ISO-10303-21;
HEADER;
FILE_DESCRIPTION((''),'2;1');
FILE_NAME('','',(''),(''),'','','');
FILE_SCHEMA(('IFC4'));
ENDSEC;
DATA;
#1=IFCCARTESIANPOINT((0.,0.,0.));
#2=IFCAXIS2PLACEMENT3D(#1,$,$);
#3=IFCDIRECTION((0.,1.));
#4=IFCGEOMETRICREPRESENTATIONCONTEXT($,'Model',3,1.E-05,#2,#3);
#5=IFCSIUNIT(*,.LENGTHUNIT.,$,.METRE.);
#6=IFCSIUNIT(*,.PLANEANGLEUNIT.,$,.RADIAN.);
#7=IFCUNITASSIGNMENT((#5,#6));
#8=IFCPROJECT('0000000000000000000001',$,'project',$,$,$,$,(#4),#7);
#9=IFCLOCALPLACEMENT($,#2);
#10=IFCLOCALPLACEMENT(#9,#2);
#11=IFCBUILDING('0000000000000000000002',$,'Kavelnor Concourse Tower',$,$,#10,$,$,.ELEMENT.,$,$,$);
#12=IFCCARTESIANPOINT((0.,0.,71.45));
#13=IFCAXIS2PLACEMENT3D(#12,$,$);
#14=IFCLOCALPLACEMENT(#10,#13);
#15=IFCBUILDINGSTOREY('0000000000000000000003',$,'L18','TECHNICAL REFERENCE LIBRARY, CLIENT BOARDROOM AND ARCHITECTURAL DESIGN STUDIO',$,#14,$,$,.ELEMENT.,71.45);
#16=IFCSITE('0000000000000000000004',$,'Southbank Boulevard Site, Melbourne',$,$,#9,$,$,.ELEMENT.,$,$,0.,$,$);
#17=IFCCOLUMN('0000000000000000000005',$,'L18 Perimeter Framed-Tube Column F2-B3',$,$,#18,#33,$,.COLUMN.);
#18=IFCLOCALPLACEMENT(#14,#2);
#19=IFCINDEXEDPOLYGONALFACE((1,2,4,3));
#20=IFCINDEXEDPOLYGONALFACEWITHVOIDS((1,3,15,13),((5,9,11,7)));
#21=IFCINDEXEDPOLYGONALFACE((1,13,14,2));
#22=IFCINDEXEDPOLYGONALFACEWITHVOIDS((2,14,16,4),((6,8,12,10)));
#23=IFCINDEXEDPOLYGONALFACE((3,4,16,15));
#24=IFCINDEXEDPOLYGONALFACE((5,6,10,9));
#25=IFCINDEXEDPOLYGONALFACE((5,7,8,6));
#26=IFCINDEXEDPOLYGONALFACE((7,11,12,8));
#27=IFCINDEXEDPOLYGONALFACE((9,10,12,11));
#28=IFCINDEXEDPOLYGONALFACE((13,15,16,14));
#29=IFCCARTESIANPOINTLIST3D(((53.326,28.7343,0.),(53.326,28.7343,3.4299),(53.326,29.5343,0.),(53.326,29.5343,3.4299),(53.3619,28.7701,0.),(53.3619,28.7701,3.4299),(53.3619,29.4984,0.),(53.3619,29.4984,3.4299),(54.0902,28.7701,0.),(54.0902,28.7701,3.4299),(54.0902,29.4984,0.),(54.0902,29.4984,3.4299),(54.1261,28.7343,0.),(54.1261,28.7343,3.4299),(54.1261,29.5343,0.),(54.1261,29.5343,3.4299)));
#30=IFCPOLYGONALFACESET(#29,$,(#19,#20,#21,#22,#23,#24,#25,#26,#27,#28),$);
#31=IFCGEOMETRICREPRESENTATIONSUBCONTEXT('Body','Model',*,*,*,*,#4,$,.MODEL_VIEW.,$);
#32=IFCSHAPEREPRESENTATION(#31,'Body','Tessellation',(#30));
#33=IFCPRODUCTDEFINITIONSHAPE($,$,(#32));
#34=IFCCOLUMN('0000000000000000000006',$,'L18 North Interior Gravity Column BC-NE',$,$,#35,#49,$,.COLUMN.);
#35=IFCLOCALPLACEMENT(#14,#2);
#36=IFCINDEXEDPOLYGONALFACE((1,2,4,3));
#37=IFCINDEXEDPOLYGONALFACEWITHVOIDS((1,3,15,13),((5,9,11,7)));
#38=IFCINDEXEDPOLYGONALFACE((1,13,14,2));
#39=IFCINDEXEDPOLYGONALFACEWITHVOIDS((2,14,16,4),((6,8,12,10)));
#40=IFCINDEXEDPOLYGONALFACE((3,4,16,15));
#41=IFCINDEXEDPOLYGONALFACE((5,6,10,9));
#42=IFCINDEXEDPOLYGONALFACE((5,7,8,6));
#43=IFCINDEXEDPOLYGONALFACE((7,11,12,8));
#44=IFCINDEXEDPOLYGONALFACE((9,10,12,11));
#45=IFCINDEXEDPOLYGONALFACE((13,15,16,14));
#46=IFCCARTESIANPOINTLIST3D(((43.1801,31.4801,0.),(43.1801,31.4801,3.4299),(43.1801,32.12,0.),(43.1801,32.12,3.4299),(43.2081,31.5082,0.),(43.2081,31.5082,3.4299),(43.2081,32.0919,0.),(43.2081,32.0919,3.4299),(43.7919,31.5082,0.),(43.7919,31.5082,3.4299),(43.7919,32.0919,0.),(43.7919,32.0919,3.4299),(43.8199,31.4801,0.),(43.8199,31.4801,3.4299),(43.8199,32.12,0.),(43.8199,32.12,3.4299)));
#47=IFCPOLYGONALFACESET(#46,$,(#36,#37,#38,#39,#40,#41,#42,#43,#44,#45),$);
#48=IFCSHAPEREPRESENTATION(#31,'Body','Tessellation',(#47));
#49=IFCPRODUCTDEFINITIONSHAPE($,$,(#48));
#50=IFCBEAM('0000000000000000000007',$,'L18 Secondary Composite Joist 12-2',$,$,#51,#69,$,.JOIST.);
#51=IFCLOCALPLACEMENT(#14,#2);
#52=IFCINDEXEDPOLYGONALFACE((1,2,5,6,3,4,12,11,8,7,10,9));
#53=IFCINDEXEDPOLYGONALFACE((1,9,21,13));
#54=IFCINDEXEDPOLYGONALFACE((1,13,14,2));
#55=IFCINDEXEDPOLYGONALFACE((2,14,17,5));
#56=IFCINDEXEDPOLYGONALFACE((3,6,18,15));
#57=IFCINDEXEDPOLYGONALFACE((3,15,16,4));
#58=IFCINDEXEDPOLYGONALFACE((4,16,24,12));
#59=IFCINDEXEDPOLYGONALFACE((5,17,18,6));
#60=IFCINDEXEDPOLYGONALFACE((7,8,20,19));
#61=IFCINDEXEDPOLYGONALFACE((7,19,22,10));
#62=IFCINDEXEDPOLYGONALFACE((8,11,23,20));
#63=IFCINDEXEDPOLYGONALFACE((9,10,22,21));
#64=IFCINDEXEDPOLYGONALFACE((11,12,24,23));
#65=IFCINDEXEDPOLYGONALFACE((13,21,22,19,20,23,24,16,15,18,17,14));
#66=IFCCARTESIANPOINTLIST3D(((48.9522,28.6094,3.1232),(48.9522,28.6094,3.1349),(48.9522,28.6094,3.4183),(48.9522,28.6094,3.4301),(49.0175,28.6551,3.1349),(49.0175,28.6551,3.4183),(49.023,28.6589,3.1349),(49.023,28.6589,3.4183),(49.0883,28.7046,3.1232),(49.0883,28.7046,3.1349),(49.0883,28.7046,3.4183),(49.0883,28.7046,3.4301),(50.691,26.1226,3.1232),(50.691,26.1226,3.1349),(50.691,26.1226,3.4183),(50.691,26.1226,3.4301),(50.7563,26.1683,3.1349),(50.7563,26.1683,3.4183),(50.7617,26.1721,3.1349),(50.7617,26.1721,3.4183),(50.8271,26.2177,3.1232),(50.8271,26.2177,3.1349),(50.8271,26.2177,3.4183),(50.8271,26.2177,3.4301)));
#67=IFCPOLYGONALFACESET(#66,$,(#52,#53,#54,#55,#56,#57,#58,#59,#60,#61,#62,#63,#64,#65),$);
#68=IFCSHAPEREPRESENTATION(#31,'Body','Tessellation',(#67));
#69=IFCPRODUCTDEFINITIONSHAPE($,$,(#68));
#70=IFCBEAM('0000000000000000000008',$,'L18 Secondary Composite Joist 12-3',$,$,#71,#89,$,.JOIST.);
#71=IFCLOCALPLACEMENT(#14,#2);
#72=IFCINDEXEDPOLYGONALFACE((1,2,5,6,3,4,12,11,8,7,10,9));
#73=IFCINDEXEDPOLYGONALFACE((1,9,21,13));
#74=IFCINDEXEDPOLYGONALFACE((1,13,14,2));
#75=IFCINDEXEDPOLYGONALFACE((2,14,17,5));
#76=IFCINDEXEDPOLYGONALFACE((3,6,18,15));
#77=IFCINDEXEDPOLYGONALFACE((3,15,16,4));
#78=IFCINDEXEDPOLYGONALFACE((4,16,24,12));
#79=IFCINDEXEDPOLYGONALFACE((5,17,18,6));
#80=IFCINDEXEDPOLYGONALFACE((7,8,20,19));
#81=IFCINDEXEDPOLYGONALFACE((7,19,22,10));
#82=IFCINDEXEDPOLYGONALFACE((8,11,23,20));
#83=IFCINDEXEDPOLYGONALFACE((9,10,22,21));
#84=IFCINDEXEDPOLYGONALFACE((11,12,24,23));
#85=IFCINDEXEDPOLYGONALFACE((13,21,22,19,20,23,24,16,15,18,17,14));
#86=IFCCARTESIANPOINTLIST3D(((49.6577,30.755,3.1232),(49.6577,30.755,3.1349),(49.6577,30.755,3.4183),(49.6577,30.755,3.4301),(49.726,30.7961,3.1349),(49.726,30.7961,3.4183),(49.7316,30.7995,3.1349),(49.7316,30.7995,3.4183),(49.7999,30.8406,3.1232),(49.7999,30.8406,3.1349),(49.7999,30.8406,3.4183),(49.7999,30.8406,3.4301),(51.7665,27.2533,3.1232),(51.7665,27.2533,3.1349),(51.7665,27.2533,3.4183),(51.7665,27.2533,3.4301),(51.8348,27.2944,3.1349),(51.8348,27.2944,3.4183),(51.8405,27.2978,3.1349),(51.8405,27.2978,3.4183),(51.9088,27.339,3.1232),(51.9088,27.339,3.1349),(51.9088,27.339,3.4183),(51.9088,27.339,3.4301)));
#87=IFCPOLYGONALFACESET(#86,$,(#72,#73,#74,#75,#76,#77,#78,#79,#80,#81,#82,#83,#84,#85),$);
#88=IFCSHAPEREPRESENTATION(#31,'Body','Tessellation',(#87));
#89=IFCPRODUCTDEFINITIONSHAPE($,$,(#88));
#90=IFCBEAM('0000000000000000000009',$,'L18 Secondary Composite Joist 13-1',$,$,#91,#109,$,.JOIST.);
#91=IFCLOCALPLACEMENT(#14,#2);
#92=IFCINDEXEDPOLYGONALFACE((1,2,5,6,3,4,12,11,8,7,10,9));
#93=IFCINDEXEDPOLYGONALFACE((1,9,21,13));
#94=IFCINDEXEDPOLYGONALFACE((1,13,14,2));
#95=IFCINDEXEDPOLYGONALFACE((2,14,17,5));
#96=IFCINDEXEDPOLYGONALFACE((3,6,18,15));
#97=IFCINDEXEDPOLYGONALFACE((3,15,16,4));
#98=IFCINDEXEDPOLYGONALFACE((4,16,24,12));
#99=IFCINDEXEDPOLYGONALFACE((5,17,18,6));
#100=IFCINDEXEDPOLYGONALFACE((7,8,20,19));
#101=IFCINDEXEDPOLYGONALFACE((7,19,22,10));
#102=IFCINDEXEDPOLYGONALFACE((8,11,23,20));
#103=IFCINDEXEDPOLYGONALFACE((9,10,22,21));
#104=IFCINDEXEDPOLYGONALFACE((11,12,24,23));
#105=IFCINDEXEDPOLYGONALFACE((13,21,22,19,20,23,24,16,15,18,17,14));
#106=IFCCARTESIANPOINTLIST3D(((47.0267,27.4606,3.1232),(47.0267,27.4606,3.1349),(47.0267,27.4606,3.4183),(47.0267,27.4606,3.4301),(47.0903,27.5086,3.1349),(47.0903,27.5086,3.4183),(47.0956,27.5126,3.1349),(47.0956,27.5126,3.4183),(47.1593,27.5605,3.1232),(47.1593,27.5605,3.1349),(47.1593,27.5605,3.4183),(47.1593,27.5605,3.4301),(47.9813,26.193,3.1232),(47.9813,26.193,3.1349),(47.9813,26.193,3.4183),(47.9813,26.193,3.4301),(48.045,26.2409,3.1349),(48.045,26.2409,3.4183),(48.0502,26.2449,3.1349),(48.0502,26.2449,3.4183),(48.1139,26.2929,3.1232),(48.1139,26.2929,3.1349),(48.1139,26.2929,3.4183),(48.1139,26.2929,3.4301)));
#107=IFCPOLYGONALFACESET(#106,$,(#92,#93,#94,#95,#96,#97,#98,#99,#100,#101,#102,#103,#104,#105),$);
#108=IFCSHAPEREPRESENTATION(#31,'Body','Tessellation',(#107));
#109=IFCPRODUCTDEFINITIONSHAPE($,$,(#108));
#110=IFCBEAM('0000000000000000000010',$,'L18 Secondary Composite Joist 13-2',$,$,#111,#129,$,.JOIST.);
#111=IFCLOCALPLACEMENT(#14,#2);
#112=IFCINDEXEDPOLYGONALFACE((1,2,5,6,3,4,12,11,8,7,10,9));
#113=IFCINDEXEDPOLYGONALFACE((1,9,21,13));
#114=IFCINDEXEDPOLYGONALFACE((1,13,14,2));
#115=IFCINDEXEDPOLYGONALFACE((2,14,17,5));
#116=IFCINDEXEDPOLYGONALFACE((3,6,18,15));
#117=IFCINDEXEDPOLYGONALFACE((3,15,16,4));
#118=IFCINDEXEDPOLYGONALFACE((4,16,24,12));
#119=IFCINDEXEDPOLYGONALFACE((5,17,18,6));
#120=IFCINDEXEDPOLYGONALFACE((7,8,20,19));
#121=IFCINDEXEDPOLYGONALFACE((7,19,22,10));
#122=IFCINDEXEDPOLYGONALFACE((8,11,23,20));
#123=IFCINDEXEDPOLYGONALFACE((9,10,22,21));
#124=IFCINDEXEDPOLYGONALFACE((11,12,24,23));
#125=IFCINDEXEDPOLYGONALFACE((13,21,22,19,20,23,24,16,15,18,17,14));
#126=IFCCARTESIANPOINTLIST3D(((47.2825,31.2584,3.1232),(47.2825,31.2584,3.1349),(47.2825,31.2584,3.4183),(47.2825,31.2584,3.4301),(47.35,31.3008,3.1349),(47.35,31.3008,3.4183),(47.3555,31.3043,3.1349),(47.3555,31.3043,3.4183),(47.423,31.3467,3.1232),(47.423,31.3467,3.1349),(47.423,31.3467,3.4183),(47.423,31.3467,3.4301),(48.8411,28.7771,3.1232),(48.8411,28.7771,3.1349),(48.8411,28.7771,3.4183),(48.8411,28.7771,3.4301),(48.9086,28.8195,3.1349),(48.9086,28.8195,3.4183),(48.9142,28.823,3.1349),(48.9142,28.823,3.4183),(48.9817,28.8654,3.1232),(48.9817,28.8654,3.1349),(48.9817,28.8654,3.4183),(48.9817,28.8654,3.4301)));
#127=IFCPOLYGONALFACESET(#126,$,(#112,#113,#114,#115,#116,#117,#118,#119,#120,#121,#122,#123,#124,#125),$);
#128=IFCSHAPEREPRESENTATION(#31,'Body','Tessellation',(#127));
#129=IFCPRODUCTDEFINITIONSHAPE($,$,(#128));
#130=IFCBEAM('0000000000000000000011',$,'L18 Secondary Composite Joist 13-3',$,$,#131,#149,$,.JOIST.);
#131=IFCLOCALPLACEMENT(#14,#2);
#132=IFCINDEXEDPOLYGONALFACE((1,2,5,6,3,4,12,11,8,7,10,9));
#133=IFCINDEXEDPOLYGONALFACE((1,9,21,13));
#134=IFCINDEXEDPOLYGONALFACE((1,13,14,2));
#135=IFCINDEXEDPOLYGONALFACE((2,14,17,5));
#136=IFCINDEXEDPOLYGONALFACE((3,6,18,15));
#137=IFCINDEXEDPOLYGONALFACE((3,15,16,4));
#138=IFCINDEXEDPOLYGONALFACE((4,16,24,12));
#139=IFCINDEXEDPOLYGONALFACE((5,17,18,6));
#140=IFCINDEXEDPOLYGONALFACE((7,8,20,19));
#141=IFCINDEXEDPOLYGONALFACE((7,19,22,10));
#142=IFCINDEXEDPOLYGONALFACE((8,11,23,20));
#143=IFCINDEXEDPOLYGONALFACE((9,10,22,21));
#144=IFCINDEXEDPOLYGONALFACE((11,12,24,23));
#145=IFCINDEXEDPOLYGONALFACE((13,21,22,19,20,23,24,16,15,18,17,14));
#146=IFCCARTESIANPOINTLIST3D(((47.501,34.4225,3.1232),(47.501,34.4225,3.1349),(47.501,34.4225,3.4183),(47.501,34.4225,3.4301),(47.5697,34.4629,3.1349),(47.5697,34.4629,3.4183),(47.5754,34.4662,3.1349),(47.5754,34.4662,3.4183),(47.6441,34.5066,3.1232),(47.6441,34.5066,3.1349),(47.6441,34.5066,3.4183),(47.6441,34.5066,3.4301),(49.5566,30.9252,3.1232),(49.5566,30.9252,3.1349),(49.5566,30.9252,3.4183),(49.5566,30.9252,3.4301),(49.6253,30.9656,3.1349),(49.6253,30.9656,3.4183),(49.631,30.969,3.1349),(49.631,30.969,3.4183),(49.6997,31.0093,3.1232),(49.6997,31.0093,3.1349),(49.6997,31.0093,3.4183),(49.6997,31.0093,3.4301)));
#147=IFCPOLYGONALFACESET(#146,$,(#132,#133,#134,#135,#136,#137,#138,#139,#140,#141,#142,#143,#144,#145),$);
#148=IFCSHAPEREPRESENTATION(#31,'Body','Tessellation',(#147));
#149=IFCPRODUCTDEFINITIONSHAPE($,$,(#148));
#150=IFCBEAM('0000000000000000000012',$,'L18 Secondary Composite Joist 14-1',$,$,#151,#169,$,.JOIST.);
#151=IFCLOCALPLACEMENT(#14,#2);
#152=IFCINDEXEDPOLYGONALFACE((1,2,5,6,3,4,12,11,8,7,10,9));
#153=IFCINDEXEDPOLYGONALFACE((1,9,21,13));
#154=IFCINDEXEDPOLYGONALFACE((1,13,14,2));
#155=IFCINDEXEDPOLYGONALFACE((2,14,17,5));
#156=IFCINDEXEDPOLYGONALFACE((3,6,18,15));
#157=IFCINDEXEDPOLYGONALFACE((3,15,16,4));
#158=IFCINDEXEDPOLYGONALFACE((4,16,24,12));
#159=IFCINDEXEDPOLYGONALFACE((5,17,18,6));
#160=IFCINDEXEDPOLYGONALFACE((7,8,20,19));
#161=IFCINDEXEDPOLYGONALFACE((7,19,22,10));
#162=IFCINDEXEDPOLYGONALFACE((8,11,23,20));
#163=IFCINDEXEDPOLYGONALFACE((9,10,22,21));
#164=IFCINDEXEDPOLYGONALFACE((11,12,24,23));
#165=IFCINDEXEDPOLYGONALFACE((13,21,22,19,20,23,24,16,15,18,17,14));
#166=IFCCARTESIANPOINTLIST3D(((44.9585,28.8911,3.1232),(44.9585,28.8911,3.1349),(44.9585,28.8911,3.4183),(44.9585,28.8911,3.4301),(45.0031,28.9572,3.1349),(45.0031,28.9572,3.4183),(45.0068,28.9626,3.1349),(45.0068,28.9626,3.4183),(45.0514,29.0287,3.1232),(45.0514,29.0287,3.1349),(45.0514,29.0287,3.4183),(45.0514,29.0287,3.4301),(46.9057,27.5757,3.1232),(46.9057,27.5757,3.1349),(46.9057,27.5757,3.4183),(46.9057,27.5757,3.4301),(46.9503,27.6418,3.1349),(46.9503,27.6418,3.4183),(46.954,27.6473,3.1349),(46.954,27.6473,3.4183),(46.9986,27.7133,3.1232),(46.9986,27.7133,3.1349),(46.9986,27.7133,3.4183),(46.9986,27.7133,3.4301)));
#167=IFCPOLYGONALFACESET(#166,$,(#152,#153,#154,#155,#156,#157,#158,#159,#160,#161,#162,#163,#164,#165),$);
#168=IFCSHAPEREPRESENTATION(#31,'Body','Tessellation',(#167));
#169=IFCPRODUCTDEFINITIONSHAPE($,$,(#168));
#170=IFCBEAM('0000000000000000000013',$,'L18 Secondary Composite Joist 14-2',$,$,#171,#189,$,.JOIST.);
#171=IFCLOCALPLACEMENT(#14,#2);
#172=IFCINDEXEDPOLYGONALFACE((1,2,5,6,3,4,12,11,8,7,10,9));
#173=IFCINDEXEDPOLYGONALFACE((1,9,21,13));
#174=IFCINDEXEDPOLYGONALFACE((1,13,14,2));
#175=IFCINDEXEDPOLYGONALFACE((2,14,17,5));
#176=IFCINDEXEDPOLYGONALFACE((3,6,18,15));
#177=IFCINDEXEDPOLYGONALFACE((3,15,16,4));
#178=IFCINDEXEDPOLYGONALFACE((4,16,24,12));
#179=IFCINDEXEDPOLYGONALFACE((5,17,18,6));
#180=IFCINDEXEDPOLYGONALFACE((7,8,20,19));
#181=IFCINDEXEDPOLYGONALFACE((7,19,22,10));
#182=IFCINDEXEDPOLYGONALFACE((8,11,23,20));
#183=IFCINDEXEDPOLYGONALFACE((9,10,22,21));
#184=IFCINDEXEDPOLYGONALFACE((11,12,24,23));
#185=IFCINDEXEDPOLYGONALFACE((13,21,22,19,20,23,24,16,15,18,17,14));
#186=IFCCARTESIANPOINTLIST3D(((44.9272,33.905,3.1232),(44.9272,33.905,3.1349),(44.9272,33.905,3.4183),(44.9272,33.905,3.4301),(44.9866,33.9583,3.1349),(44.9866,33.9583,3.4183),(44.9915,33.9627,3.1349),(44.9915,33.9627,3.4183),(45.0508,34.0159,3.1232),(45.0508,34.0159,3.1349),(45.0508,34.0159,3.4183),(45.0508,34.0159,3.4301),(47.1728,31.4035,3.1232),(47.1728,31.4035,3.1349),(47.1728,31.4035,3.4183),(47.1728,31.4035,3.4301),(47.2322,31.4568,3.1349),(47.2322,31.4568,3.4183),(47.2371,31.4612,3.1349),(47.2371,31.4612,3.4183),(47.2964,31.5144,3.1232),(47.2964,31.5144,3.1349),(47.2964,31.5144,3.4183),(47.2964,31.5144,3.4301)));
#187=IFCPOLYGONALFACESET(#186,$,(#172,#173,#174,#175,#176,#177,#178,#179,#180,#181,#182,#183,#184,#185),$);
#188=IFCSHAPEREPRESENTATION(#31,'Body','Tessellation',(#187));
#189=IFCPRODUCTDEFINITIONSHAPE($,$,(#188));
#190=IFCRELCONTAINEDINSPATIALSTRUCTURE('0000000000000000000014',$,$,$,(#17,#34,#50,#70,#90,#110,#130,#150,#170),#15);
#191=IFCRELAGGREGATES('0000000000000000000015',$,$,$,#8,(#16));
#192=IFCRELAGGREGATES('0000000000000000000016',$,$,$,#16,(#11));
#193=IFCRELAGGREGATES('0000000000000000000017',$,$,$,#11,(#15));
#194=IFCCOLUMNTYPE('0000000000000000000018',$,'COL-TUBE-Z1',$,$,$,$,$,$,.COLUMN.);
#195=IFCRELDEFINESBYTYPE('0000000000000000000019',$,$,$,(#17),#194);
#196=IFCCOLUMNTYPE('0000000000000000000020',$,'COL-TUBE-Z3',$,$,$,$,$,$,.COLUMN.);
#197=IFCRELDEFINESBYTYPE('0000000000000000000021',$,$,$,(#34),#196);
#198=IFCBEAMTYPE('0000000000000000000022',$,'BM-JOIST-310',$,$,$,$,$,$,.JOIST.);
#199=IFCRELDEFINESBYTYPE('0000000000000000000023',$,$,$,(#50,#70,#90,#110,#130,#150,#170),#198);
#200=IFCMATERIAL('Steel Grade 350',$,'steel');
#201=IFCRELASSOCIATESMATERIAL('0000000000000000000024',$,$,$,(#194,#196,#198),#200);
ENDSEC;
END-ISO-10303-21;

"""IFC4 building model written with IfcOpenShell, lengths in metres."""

from ifc_helpers import new_model, si_unit, direction, frame, origin, origin_2d, place, context, subcontext, project, spatial, hollow_rectangle, i_section, extrude, material, material_profile, profile_set, type_object, element, save


model = new_model("IFC4")

# Units and contexts
model_context = context("Model", 3, precision=1e-05, world=origin(), true_north=direction((0.0, 1.0)))
body_context = subcontext(model_context, "Body", "Model", "MODEL_VIEW")
ifc_project = project(units=[si_unit("LENGTHUNIT", "METRE"), si_unit("PLANEANGLEUNIT", "RADIAN")], contexts=[model_context])

# Site, building, storey
site_placement = place(None, origin())
site = spatial("IfcSite", under=ifc_project, at=site_placement, Name="Southbank Boulevard Site, Melbourne", CompositionType="ELEMENT", RefElevation=0.0)
building_placement = place(site_placement, origin())
building = spatial("IfcBuilding", under=site, at=building_placement, Name="Kavelnor Concourse Tower", CompositionType="ELEMENT")
storey_placement = place(building_placement, frame((0.0, 0.0, 71.45)))
storey = spatial("IfcBuildingStorey", under=building, at=storey_placement, Name="L18", Description="TECHNICAL REFERENCE LIBRARY, CLIENT BOARDROOM AND ARCHITECTURAL DESIGN STUDIO", CompositionType="ELEMENT", Elevation=71.45)

# Columns
ifc_material_1 = material(Name="Steel Grade 350", Category="steel")
ifc_material_profile_1 = material_profile(ifc_material_1, hollow_rectangle(XDim=0.8, YDim=0.8, WallThickness=0.0359, at=origin_2d()), Name="SHS 800x800x36")
ifc_profile_set_1 = profile_set([ifc_material_profile_1], Name="Steel Grade 350")
column_type_1 = type_object("IfcColumnType", Name="COL-TUBE-Z1", PredefinedType="COLUMN", material=ifc_profile_set_1)
column_1_placement = place(storey_placement, frame((53.7261, 29.1343, 0.0), z_axis=(0.0, 0.0, 1.0), x_axis=(1.0, 0.0, 0.0)))
element("IfcColumn", 1, at=column_1_placement, inside=storey, type_object=column_type_1, Name="L18 Perimeter Framed-Tube Column F2-B3", PredefinedType="COLUMN", context=body_context, shape_type="SweptSolid", body=[
    extrude(hollow_rectangle(XDim=0.8, YDim=0.8, WallThickness=0.0359, at=origin_2d()), origin(), (0.0, 0.0, 1.0), 3.4299),
])
ifc_material_profile_2 = material_profile(ifc_material_1, hollow_rectangle(XDim=0.6399, YDim=0.6399, WallThickness=0.0281, at=origin_2d()), Name="SHS 640x640x28")
ifc_profile_set_2 = profile_set([ifc_material_profile_2], Name="Steel Grade 350")
column_type_2 = type_object("IfcColumnType", Name="COL-TUBE-Z3", PredefinedType="COLUMN", material=ifc_profile_set_2)
column_2_placement = place(storey_placement, frame((43.5, 31.8, 0.0), z_axis=(0.0, 0.0, 1.0), x_axis=(1.0, 0.0, 0.0)))
element("IfcColumn", 2, at=column_2_placement, inside=storey, type_object=column_type_2, Name="L18 North Interior Gravity Column BC-NE", PredefinedType="COLUMN", context=body_context, shape_type="SweptSolid", body=[
    extrude(hollow_rectangle(XDim=0.6399, YDim=0.6399, WallThickness=0.0281, at=origin_2d()), origin(), (0.0, 0.0, 1.0), 3.4299),
])

# Beams
ifc_material_profile_3 = material_profile(ifc_material_1, i_section(OverallWidth=0.166, OverallDepth=0.3069, WebThickness=0.0066, FlangeThickness=0.0117, at=origin_2d()), Name="310UB46")
ifc_profile_set_3 = profile_set([ifc_material_profile_3], Name="Steel Grade 350")
beam_type_1 = type_object("IfcBeamType", Name="BM-JOIST-310", PredefinedType="JOIST", material=ifc_profile_set_3)
beam_1_placement = place(storey_placement, frame((50.759, 26.1702, 3.2766), z_axis=(-0.573019, 0.819542, 0.0), x_axis=(-0.819542, -0.573019, 0.0)))
element("IfcBeam", 3, at=beam_1_placement, inside=storey, type_object=beam_type_1, Name="L18 Secondary Composite Joist 12-2", PredefinedType="JOIST", context=body_context, shape_type="SweptSolid", body=[
    extrude(i_section(OverallWidth=0.166, OverallDepth=0.3069, WebThickness=0.0066, FlangeThickness=0.0117, at=origin_2d()), origin(), (0.0, 0.0, 1.0), 3.0344),
])
beam_2_placement = place(storey_placement, frame((51.8376, 27.2961, 3.2766), z_axis=(-0.515909, 0.856643, 0.0), x_axis=(-0.856643, -0.515909, 0.0)))
element("IfcBeam", 4, at=beam_2_placement, inside=storey, type_object=beam_type_1, Name="L18 Secondary Composite Joist 12-3", PredefinedType="JOIST", context=body_context, shape_type="SweptSolid", body=[
    extrude(i_section(OverallWidth=0.166, OverallDepth=0.3069, WebThickness=0.0066, FlangeThickness=0.0117, at=origin_2d()), origin(), (0.0, 0.0, 1.0), 4.0876),
])
beam_3_placement = place(storey_placement, frame((48.0476, 26.2429, 3.2766), z_axis=(-0.601574, 0.798817, 0.0), x_axis=(-0.798817, -0.601574, 0.0)))
element("IfcBeam", 5, at=beam_3_placement, inside=storey, type_object=beam_type_1, Name="L18 Secondary Composite Joist 13-1", PredefinedType="JOIST", context=body_context, shape_type="SweptSolid", body=[
    extrude(i_section(OverallWidth=0.166, OverallDepth=0.3069, WebThickness=0.0066, FlangeThickness=0.0117, at=origin_2d()), origin(), (0.0, 0.0, 1.0), 1.5869),
])
beam_4_placement = place(storey_placement, frame((48.9114, 28.8213, 3.2766), z_axis=(-0.531922, 0.846793, 0.0), x_axis=(-0.846793, -0.531922, 0.0)))
element("IfcBeam", 6, at=beam_4_placement, inside=storey, type_object=beam_type_1, Name="L18 Secondary Composite Joist 13-2", PredefinedType="JOIST", context=body_context, shape_type="SweptSolid", body=[
    extrude(i_section(OverallWidth=0.166, OverallDepth=0.3069, WebThickness=0.0066, FlangeThickness=0.0117, at=origin_2d()), origin(), (0.0, 0.0, 1.0), 2.9302),
])
beam_5_placement = place(storey_placement, frame((49.6282, 30.9673, 3.2766), z_axis=(-0.506731, 0.862104, 0.0), x_axis=(-0.862104, -0.506731, 0.0)))
element("IfcBeam", 7, at=beam_5_placement, inside=storey, type_object=beam_type_1, Name="L18 Secondary Composite Joist 13-3", PredefinedType="JOIST", context=body_context, shape_type="SweptSolid", body=[
    extrude(i_section(OverallWidth=0.166, OverallDepth=0.3069, WebThickness=0.0066, FlangeThickness=0.0117, at=origin_2d()), origin(), (0.0, 0.0, 1.0), 4.0566),
])
beam_6_placement = place(storey_placement, frame((46.9521, 27.6445, 3.2766), z_axis=(-0.828646, 0.559773, 0.0), x_axis=(-0.559773, -0.828646, 0.0)))
element("IfcBeam", 8, at=beam_6_placement, inside=storey, type_object=beam_type_1, Name="L18 Secondary Composite Joist 14-1", PredefinedType="JOIST", context=body_context, shape_type="SweptSolid", body=[
    extrude(i_section(OverallWidth=0.166, OverallDepth=0.3069, WebThickness=0.0066, FlangeThickness=0.0117, at=origin_2d()), origin(), (0.0, 0.0, 1.0), 2.3499),
])
beam_7_placement = place(storey_placement, frame((47.2346, 31.459, 3.2766), z_axis=(-0.668025, 0.744139, 0.0), x_axis=(-0.744139, -0.668025, 0.0)))
element("IfcBeam", 9, at=beam_7_placement, inside=storey, type_object=beam_type_1, Name="L18 Secondary Composite Joist 14-2", PredefinedType="JOIST", context=body_context, shape_type="SweptSolid", body=[
    extrude(i_section(OverallWidth=0.166, OverallDepth=0.3069, WebThickness=0.0066, FlangeThickness=0.0117, at=origin_2d()), origin(), (0.0, 0.0, 1.0), 3.3616),
])

save(model, "model.ifc")
